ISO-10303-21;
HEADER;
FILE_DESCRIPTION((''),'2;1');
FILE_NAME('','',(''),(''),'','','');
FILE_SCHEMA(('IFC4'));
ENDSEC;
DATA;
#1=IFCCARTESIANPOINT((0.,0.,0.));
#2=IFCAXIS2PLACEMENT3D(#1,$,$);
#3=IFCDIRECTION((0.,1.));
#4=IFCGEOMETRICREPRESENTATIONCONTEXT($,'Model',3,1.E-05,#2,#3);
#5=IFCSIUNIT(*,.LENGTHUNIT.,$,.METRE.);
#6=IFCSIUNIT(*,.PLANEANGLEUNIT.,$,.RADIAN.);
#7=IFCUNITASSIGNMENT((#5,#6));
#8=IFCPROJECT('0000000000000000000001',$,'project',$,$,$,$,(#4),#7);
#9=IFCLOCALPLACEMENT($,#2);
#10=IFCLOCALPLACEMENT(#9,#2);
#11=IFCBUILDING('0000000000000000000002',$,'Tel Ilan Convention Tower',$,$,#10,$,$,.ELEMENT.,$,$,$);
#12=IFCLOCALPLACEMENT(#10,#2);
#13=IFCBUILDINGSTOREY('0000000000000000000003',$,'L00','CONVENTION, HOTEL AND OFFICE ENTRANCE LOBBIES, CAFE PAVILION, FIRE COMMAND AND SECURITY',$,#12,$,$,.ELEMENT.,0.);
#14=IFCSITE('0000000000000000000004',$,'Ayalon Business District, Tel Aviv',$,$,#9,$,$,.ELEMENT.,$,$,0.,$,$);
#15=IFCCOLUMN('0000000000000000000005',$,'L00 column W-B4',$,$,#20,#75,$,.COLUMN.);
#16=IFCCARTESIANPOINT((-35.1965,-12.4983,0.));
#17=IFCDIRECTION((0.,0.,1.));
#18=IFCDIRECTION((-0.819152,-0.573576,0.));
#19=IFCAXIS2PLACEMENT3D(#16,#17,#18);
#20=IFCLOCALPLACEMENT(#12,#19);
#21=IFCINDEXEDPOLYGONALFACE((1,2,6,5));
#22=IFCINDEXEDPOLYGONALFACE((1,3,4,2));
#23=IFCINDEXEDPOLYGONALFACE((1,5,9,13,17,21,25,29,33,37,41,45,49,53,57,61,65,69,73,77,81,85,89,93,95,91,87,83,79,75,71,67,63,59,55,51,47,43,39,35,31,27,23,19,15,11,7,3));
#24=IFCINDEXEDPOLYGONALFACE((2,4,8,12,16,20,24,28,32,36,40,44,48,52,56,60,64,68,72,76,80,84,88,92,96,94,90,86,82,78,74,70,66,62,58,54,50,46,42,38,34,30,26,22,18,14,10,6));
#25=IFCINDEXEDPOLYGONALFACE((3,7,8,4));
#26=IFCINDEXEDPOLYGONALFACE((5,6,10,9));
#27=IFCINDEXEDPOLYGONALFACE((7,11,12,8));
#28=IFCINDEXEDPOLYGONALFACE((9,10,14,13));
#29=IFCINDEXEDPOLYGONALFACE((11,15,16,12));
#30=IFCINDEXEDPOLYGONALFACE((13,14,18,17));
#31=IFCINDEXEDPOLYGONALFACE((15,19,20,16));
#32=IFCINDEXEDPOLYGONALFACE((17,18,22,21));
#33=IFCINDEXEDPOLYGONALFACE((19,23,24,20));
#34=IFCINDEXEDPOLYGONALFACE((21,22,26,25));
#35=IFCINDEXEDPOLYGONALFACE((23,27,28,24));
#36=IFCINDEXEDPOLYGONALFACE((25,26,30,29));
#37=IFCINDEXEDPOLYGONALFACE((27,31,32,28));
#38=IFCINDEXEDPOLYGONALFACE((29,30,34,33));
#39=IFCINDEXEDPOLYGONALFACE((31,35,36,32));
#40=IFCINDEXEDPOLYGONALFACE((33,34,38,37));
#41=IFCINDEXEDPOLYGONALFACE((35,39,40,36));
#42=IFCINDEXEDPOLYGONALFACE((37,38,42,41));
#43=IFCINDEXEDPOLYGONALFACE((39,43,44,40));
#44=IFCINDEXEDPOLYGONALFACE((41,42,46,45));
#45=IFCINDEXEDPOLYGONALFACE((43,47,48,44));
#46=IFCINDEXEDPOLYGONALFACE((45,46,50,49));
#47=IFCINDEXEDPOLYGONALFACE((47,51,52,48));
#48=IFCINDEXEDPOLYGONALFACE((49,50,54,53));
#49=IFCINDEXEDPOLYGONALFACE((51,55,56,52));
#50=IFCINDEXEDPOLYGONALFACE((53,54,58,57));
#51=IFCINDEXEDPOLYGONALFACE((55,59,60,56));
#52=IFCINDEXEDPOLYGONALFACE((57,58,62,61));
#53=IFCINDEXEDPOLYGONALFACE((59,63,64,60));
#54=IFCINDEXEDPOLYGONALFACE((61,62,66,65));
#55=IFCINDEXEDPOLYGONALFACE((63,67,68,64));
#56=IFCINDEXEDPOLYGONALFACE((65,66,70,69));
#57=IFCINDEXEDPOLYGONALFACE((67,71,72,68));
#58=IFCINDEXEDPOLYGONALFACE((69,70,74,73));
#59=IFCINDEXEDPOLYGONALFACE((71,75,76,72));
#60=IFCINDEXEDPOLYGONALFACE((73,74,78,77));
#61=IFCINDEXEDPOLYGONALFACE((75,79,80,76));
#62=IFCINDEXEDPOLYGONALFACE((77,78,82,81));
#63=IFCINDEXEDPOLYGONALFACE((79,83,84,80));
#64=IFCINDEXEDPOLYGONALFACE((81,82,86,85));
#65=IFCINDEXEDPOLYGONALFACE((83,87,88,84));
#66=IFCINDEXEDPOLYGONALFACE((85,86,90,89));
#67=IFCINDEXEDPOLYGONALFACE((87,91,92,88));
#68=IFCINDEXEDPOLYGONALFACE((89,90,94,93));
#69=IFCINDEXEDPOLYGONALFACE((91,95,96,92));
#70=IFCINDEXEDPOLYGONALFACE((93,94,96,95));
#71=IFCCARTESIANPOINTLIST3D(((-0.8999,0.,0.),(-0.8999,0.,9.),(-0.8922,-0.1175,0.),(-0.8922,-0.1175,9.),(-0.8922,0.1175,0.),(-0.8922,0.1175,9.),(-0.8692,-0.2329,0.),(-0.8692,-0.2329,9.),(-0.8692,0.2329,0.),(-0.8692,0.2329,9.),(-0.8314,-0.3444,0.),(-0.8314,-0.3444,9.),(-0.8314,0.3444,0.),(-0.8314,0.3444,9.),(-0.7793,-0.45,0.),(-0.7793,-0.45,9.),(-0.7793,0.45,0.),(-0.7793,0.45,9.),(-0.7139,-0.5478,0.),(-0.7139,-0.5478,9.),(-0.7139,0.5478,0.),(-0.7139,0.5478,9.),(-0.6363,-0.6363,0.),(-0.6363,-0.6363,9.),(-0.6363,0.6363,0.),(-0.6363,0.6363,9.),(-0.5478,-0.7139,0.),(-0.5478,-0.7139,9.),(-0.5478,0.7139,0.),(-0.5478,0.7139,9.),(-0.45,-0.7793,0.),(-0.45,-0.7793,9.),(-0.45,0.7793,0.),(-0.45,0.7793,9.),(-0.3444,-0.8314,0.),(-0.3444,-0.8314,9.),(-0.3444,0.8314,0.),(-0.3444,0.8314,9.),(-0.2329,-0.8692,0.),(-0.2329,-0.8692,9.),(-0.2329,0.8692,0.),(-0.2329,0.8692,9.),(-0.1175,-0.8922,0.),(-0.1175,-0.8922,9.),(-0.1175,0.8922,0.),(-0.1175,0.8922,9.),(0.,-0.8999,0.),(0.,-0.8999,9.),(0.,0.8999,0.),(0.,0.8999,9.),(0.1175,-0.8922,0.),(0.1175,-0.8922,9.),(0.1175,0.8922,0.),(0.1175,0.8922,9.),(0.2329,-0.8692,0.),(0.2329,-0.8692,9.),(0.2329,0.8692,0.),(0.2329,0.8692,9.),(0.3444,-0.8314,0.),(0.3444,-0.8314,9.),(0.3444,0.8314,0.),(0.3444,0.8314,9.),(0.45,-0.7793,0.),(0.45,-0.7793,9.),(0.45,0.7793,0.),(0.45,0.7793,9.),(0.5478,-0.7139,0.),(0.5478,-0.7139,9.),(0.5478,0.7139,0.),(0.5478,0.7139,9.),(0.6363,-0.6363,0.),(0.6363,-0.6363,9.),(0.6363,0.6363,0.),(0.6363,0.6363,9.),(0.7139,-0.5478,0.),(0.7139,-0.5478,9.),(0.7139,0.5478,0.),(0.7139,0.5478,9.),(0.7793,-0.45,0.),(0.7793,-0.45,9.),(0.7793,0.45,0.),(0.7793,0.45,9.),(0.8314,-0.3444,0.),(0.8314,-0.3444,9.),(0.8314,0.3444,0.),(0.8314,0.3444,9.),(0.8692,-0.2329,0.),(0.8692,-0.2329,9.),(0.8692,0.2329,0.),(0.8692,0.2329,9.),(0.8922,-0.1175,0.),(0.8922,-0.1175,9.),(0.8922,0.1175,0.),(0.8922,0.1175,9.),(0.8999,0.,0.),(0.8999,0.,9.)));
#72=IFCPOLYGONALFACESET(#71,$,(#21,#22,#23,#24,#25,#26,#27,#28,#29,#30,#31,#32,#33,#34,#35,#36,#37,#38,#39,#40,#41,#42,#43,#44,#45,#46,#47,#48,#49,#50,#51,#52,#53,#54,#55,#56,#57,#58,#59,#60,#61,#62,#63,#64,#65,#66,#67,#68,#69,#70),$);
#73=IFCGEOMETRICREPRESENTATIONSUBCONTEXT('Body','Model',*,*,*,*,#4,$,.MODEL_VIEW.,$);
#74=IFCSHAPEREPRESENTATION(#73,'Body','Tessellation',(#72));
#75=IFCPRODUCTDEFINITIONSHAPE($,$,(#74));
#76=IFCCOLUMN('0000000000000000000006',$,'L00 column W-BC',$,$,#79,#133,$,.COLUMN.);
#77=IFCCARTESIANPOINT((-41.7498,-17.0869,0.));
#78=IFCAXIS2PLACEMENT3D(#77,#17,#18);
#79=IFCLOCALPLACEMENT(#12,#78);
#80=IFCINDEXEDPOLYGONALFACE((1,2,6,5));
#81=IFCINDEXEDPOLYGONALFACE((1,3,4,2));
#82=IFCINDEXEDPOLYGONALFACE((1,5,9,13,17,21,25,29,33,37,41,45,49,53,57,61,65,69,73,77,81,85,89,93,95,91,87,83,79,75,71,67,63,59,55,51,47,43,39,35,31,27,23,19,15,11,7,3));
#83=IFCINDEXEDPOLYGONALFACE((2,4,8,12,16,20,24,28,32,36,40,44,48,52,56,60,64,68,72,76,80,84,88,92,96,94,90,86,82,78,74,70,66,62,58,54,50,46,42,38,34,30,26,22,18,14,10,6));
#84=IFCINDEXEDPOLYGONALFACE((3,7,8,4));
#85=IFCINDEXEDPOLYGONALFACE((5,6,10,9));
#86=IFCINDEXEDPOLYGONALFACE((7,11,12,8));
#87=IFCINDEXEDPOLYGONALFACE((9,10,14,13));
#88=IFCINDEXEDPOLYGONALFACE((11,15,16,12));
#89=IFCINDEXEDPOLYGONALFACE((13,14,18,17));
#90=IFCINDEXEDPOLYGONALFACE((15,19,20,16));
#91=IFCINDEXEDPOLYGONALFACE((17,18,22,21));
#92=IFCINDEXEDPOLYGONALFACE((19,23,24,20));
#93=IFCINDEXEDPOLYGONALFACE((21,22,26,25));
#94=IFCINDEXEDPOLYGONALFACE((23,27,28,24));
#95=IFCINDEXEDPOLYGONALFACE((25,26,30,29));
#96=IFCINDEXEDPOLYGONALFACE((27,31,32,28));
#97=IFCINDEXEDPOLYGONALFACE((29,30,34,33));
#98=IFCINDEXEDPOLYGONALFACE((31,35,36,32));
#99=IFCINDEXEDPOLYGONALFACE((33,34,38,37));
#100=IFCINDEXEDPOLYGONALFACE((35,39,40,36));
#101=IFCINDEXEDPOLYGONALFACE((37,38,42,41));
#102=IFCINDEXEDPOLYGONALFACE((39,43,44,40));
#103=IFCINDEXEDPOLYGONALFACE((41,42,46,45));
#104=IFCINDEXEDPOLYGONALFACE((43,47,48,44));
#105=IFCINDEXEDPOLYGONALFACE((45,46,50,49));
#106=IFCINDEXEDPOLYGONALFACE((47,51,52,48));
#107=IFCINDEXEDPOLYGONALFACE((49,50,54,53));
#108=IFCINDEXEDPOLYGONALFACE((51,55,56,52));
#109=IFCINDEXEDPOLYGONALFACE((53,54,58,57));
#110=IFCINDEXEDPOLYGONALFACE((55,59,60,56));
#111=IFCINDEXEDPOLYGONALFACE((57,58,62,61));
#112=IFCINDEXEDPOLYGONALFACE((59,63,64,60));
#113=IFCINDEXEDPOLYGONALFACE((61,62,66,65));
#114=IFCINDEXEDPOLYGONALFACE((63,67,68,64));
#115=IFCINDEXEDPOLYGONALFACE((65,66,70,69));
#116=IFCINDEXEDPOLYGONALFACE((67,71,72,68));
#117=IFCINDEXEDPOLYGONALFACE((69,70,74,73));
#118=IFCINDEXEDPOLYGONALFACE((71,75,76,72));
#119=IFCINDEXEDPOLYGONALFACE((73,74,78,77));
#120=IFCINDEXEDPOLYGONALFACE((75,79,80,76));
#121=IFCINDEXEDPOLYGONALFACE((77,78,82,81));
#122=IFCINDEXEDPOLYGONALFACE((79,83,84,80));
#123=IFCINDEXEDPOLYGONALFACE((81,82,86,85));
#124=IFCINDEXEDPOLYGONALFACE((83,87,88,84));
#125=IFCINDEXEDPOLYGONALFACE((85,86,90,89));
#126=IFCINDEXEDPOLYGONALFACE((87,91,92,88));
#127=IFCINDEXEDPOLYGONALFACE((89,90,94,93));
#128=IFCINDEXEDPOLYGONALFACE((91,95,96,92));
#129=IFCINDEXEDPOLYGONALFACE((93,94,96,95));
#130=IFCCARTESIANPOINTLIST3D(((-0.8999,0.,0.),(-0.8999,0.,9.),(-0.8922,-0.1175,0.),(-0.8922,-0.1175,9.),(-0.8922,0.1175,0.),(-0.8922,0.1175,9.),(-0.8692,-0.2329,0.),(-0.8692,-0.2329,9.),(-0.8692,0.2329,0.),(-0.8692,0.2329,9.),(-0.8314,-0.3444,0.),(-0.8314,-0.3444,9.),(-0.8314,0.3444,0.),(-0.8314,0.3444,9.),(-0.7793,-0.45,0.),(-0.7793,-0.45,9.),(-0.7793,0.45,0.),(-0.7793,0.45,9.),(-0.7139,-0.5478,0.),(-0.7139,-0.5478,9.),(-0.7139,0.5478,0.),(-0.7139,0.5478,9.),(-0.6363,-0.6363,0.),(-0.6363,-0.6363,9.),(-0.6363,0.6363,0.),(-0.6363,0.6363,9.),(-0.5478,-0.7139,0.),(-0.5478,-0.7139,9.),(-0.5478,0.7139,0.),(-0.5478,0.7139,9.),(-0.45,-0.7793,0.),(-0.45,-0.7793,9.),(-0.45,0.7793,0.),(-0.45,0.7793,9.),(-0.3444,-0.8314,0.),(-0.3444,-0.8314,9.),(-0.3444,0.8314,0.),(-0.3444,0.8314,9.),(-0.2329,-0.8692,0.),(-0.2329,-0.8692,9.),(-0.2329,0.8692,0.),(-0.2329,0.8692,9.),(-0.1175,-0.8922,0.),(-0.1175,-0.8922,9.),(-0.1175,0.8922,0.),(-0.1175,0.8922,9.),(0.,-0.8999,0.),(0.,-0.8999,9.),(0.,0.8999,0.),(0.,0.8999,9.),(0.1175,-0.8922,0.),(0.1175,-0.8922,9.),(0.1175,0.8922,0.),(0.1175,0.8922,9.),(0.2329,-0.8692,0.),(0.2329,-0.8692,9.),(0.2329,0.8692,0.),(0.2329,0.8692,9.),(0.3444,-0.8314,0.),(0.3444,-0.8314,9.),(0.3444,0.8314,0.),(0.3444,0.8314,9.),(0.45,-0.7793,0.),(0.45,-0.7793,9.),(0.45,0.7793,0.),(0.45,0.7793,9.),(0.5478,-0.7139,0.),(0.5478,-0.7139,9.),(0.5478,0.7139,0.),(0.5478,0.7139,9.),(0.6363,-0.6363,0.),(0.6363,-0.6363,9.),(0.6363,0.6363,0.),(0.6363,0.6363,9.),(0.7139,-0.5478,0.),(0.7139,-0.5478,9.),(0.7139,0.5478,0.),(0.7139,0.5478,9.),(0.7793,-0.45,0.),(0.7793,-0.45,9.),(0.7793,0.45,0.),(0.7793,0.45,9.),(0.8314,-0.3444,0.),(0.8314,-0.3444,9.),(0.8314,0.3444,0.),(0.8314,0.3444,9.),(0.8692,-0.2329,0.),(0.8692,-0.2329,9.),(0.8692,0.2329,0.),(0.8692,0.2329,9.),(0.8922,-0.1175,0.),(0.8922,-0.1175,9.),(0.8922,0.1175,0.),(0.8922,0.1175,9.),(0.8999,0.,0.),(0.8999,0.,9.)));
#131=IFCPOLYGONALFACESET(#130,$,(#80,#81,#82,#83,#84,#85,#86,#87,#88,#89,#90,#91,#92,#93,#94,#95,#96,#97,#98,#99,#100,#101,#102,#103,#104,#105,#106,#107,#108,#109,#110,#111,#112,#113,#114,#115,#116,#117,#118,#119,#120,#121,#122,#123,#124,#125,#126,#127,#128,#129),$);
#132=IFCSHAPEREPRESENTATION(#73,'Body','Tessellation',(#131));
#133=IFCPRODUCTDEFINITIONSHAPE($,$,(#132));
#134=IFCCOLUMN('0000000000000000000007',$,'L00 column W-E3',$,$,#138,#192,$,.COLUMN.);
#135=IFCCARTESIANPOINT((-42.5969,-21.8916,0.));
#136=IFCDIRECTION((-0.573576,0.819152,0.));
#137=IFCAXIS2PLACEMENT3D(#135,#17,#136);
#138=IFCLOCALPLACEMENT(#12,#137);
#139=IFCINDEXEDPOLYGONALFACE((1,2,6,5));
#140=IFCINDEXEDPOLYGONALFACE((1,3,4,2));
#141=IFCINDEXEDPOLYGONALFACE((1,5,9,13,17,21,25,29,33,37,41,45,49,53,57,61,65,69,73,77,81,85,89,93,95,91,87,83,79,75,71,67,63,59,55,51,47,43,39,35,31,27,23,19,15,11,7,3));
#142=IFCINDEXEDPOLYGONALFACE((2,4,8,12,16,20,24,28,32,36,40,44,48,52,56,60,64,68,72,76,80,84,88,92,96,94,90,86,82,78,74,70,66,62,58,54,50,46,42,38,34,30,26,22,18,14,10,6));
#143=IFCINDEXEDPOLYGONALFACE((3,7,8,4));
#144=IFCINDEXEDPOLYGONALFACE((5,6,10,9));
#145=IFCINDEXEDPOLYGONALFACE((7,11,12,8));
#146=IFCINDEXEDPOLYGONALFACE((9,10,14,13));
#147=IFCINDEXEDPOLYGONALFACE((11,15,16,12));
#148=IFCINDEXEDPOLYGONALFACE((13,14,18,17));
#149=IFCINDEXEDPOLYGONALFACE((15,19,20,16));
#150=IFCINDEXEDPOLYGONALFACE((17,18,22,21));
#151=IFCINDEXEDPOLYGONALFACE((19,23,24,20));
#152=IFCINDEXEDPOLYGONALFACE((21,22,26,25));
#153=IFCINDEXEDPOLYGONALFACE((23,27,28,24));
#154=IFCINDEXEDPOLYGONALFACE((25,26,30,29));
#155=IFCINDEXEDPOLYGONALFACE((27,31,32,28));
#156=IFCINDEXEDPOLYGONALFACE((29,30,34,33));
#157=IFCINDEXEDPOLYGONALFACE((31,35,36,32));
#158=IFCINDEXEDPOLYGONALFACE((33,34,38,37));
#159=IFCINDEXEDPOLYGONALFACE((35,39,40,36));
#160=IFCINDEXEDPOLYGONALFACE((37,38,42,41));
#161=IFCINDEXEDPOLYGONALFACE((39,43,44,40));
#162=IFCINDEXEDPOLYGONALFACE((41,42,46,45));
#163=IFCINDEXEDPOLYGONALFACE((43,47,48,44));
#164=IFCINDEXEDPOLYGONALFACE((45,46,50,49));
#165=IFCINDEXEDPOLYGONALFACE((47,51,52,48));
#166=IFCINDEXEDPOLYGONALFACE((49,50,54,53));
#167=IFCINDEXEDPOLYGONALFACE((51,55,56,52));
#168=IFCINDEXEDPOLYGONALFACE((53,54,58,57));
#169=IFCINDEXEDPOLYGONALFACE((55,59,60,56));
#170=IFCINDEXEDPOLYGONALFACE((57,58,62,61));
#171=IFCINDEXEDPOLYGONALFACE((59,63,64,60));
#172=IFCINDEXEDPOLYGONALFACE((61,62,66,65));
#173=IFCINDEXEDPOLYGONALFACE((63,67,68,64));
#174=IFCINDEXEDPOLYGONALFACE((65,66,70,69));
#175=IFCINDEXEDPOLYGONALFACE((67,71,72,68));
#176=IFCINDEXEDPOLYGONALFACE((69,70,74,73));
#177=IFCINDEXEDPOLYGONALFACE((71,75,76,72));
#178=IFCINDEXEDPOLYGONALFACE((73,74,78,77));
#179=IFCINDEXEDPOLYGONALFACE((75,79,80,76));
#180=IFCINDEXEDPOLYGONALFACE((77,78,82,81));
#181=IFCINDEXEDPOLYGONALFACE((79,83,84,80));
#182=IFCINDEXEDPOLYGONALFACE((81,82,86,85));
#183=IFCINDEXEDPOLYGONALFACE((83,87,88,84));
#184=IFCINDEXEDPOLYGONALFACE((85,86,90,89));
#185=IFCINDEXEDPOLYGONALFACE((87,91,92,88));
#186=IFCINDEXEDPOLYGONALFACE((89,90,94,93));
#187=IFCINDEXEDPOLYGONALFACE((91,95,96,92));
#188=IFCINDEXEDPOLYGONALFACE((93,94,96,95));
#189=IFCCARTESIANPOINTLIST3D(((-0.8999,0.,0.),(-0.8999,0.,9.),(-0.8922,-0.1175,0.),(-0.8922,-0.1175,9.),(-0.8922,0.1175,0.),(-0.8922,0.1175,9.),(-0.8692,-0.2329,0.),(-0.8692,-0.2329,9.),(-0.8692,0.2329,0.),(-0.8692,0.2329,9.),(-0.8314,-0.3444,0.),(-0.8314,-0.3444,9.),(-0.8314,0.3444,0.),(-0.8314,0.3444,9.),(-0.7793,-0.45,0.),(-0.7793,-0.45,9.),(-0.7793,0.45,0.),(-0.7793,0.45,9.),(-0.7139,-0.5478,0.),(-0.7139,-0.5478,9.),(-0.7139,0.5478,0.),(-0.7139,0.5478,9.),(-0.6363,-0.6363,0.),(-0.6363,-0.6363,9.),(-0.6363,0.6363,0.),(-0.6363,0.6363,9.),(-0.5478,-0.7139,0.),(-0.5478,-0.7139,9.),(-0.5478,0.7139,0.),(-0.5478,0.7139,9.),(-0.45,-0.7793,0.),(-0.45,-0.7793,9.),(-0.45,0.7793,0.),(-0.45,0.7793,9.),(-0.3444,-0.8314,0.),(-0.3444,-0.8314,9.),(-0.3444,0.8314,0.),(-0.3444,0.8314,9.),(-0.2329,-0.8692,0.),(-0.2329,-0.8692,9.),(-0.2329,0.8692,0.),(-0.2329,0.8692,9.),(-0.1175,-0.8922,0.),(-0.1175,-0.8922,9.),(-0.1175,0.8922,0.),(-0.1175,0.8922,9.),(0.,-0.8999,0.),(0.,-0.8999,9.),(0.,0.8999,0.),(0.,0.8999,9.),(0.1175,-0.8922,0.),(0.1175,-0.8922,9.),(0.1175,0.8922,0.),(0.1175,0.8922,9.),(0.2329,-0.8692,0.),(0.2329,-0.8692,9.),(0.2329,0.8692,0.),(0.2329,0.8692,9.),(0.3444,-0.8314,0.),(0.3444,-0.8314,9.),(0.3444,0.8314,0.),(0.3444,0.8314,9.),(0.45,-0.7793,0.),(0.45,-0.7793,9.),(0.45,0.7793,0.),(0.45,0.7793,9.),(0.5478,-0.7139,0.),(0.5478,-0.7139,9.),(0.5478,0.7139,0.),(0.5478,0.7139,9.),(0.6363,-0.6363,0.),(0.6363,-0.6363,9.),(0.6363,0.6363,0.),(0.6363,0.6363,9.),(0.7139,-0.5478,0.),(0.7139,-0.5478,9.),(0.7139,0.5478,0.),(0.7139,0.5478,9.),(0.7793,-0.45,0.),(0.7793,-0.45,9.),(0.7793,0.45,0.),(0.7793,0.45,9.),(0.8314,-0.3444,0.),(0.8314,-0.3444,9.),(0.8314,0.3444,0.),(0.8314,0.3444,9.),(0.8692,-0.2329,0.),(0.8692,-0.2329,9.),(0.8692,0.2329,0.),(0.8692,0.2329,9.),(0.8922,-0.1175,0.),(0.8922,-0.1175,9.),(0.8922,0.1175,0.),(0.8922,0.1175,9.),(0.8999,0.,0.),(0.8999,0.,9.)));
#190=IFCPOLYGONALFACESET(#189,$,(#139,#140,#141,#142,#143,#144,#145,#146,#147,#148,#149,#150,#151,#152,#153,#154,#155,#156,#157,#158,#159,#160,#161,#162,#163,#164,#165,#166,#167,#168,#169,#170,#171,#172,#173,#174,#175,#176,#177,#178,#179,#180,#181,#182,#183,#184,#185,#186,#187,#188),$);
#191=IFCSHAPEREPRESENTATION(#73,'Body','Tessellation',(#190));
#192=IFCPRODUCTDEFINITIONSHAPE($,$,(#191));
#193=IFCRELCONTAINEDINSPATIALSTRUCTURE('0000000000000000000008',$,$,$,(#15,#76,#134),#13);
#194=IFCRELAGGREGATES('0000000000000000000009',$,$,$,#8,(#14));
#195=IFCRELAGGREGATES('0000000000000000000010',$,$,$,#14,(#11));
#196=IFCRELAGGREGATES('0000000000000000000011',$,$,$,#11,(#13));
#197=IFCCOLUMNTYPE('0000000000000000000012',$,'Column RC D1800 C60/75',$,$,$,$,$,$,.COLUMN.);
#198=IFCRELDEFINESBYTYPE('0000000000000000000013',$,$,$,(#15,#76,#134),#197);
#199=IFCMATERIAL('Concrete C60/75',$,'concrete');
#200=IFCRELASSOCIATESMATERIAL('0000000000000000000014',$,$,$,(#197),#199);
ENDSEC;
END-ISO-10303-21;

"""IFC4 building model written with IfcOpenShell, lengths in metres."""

from ifc_helpers import new_model, si_unit, direction, frame, origin, origin_2d, place, context, subcontext, project, spatial, circle, extrude, material, material_profile, profile_set, type_object, element, save


model = new_model("IFC4")

# Units and contexts
model_context = context("Model", 3, precision=1e-05, world=origin(), true_north=direction((0.0, 1.0)))
body_context = subcontext(model_context, "Body", "Model", "MODEL_VIEW")
ifc_project = project(units=[si_unit("LENGTHUNIT", "METRE"), si_unit("PLANEANGLEUNIT", "RADIAN")], contexts=[model_context])

# Site, building, storey
site_placement = place(None, origin())
site = spatial("IfcSite", under=ifc_project, at=site_placement, Name="Ayalon Business District, Tel Aviv", CompositionType="ELEMENT", RefElevation=0.0)
building_placement = place(site_placement, origin())
building = spatial("IfcBuilding", under=site, at=building_placement, Name="Tel Ilan Convention Tower", CompositionType="ELEMENT")
storey_placement = place(building_placement, origin())
storey = spatial("IfcBuildingStorey", under=building, at=storey_placement, Name="L00", Description="CONVENTION, HOTEL AND OFFICE ENTRANCE LOBBIES, CAFE PAVILION, FIRE COMMAND AND SECURITY", CompositionType="ELEMENT", Elevation=0.0)

# Columns
ifc_material_1 = material(Name="Concrete C60/75", Category="concrete")
ifc_material_profile_1 = material_profile(ifc_material_1, circle(Radius=0.8999, at=origin_2d()), Name="RC D1800")
ifc_profile_set_1 = profile_set([ifc_material_profile_1], Name="Concrete C60/75")
column_type_1 = type_object("IfcColumnType", Name="Column RC D1800 C60/75", PredefinedType="COLUMN", material=ifc_profile_set_1)
for number, where, z_axis, x_axis, name in (
    (1, (-35.1965, -12.4983, 0.0), (0.0, 0.0, 1.0), (-0.819152, -0.573576, 0.0), "L00 column W-B4"),
    (2, (-41.7498, -17.0869, 0.0), (0.0, 0.0, 1.0), (-0.819152, -0.573576, 0.0), "L00 column W-BC"),
    (3, (-42.5969, -21.8916, 0.0), (0.0, 0.0, 1.0), (-0.573576, 0.819152, 0.0), "L00 column W-E3"),
):
    element("IfcColumn", number, at=place(storey_placement, frame(where, z_axis=z_axis, x_axis=x_axis)), inside=storey, type_object=column_type_1, Name=name, PredefinedType="COLUMN", context=body_context, shape_type="SweptSolid", body=[
        extrude(circle(Radius=0.8999, at=origin_2d()), origin(), (0.0, 0.0, 1.0), 9.0),
    ])

save(model, "model.ifc")
